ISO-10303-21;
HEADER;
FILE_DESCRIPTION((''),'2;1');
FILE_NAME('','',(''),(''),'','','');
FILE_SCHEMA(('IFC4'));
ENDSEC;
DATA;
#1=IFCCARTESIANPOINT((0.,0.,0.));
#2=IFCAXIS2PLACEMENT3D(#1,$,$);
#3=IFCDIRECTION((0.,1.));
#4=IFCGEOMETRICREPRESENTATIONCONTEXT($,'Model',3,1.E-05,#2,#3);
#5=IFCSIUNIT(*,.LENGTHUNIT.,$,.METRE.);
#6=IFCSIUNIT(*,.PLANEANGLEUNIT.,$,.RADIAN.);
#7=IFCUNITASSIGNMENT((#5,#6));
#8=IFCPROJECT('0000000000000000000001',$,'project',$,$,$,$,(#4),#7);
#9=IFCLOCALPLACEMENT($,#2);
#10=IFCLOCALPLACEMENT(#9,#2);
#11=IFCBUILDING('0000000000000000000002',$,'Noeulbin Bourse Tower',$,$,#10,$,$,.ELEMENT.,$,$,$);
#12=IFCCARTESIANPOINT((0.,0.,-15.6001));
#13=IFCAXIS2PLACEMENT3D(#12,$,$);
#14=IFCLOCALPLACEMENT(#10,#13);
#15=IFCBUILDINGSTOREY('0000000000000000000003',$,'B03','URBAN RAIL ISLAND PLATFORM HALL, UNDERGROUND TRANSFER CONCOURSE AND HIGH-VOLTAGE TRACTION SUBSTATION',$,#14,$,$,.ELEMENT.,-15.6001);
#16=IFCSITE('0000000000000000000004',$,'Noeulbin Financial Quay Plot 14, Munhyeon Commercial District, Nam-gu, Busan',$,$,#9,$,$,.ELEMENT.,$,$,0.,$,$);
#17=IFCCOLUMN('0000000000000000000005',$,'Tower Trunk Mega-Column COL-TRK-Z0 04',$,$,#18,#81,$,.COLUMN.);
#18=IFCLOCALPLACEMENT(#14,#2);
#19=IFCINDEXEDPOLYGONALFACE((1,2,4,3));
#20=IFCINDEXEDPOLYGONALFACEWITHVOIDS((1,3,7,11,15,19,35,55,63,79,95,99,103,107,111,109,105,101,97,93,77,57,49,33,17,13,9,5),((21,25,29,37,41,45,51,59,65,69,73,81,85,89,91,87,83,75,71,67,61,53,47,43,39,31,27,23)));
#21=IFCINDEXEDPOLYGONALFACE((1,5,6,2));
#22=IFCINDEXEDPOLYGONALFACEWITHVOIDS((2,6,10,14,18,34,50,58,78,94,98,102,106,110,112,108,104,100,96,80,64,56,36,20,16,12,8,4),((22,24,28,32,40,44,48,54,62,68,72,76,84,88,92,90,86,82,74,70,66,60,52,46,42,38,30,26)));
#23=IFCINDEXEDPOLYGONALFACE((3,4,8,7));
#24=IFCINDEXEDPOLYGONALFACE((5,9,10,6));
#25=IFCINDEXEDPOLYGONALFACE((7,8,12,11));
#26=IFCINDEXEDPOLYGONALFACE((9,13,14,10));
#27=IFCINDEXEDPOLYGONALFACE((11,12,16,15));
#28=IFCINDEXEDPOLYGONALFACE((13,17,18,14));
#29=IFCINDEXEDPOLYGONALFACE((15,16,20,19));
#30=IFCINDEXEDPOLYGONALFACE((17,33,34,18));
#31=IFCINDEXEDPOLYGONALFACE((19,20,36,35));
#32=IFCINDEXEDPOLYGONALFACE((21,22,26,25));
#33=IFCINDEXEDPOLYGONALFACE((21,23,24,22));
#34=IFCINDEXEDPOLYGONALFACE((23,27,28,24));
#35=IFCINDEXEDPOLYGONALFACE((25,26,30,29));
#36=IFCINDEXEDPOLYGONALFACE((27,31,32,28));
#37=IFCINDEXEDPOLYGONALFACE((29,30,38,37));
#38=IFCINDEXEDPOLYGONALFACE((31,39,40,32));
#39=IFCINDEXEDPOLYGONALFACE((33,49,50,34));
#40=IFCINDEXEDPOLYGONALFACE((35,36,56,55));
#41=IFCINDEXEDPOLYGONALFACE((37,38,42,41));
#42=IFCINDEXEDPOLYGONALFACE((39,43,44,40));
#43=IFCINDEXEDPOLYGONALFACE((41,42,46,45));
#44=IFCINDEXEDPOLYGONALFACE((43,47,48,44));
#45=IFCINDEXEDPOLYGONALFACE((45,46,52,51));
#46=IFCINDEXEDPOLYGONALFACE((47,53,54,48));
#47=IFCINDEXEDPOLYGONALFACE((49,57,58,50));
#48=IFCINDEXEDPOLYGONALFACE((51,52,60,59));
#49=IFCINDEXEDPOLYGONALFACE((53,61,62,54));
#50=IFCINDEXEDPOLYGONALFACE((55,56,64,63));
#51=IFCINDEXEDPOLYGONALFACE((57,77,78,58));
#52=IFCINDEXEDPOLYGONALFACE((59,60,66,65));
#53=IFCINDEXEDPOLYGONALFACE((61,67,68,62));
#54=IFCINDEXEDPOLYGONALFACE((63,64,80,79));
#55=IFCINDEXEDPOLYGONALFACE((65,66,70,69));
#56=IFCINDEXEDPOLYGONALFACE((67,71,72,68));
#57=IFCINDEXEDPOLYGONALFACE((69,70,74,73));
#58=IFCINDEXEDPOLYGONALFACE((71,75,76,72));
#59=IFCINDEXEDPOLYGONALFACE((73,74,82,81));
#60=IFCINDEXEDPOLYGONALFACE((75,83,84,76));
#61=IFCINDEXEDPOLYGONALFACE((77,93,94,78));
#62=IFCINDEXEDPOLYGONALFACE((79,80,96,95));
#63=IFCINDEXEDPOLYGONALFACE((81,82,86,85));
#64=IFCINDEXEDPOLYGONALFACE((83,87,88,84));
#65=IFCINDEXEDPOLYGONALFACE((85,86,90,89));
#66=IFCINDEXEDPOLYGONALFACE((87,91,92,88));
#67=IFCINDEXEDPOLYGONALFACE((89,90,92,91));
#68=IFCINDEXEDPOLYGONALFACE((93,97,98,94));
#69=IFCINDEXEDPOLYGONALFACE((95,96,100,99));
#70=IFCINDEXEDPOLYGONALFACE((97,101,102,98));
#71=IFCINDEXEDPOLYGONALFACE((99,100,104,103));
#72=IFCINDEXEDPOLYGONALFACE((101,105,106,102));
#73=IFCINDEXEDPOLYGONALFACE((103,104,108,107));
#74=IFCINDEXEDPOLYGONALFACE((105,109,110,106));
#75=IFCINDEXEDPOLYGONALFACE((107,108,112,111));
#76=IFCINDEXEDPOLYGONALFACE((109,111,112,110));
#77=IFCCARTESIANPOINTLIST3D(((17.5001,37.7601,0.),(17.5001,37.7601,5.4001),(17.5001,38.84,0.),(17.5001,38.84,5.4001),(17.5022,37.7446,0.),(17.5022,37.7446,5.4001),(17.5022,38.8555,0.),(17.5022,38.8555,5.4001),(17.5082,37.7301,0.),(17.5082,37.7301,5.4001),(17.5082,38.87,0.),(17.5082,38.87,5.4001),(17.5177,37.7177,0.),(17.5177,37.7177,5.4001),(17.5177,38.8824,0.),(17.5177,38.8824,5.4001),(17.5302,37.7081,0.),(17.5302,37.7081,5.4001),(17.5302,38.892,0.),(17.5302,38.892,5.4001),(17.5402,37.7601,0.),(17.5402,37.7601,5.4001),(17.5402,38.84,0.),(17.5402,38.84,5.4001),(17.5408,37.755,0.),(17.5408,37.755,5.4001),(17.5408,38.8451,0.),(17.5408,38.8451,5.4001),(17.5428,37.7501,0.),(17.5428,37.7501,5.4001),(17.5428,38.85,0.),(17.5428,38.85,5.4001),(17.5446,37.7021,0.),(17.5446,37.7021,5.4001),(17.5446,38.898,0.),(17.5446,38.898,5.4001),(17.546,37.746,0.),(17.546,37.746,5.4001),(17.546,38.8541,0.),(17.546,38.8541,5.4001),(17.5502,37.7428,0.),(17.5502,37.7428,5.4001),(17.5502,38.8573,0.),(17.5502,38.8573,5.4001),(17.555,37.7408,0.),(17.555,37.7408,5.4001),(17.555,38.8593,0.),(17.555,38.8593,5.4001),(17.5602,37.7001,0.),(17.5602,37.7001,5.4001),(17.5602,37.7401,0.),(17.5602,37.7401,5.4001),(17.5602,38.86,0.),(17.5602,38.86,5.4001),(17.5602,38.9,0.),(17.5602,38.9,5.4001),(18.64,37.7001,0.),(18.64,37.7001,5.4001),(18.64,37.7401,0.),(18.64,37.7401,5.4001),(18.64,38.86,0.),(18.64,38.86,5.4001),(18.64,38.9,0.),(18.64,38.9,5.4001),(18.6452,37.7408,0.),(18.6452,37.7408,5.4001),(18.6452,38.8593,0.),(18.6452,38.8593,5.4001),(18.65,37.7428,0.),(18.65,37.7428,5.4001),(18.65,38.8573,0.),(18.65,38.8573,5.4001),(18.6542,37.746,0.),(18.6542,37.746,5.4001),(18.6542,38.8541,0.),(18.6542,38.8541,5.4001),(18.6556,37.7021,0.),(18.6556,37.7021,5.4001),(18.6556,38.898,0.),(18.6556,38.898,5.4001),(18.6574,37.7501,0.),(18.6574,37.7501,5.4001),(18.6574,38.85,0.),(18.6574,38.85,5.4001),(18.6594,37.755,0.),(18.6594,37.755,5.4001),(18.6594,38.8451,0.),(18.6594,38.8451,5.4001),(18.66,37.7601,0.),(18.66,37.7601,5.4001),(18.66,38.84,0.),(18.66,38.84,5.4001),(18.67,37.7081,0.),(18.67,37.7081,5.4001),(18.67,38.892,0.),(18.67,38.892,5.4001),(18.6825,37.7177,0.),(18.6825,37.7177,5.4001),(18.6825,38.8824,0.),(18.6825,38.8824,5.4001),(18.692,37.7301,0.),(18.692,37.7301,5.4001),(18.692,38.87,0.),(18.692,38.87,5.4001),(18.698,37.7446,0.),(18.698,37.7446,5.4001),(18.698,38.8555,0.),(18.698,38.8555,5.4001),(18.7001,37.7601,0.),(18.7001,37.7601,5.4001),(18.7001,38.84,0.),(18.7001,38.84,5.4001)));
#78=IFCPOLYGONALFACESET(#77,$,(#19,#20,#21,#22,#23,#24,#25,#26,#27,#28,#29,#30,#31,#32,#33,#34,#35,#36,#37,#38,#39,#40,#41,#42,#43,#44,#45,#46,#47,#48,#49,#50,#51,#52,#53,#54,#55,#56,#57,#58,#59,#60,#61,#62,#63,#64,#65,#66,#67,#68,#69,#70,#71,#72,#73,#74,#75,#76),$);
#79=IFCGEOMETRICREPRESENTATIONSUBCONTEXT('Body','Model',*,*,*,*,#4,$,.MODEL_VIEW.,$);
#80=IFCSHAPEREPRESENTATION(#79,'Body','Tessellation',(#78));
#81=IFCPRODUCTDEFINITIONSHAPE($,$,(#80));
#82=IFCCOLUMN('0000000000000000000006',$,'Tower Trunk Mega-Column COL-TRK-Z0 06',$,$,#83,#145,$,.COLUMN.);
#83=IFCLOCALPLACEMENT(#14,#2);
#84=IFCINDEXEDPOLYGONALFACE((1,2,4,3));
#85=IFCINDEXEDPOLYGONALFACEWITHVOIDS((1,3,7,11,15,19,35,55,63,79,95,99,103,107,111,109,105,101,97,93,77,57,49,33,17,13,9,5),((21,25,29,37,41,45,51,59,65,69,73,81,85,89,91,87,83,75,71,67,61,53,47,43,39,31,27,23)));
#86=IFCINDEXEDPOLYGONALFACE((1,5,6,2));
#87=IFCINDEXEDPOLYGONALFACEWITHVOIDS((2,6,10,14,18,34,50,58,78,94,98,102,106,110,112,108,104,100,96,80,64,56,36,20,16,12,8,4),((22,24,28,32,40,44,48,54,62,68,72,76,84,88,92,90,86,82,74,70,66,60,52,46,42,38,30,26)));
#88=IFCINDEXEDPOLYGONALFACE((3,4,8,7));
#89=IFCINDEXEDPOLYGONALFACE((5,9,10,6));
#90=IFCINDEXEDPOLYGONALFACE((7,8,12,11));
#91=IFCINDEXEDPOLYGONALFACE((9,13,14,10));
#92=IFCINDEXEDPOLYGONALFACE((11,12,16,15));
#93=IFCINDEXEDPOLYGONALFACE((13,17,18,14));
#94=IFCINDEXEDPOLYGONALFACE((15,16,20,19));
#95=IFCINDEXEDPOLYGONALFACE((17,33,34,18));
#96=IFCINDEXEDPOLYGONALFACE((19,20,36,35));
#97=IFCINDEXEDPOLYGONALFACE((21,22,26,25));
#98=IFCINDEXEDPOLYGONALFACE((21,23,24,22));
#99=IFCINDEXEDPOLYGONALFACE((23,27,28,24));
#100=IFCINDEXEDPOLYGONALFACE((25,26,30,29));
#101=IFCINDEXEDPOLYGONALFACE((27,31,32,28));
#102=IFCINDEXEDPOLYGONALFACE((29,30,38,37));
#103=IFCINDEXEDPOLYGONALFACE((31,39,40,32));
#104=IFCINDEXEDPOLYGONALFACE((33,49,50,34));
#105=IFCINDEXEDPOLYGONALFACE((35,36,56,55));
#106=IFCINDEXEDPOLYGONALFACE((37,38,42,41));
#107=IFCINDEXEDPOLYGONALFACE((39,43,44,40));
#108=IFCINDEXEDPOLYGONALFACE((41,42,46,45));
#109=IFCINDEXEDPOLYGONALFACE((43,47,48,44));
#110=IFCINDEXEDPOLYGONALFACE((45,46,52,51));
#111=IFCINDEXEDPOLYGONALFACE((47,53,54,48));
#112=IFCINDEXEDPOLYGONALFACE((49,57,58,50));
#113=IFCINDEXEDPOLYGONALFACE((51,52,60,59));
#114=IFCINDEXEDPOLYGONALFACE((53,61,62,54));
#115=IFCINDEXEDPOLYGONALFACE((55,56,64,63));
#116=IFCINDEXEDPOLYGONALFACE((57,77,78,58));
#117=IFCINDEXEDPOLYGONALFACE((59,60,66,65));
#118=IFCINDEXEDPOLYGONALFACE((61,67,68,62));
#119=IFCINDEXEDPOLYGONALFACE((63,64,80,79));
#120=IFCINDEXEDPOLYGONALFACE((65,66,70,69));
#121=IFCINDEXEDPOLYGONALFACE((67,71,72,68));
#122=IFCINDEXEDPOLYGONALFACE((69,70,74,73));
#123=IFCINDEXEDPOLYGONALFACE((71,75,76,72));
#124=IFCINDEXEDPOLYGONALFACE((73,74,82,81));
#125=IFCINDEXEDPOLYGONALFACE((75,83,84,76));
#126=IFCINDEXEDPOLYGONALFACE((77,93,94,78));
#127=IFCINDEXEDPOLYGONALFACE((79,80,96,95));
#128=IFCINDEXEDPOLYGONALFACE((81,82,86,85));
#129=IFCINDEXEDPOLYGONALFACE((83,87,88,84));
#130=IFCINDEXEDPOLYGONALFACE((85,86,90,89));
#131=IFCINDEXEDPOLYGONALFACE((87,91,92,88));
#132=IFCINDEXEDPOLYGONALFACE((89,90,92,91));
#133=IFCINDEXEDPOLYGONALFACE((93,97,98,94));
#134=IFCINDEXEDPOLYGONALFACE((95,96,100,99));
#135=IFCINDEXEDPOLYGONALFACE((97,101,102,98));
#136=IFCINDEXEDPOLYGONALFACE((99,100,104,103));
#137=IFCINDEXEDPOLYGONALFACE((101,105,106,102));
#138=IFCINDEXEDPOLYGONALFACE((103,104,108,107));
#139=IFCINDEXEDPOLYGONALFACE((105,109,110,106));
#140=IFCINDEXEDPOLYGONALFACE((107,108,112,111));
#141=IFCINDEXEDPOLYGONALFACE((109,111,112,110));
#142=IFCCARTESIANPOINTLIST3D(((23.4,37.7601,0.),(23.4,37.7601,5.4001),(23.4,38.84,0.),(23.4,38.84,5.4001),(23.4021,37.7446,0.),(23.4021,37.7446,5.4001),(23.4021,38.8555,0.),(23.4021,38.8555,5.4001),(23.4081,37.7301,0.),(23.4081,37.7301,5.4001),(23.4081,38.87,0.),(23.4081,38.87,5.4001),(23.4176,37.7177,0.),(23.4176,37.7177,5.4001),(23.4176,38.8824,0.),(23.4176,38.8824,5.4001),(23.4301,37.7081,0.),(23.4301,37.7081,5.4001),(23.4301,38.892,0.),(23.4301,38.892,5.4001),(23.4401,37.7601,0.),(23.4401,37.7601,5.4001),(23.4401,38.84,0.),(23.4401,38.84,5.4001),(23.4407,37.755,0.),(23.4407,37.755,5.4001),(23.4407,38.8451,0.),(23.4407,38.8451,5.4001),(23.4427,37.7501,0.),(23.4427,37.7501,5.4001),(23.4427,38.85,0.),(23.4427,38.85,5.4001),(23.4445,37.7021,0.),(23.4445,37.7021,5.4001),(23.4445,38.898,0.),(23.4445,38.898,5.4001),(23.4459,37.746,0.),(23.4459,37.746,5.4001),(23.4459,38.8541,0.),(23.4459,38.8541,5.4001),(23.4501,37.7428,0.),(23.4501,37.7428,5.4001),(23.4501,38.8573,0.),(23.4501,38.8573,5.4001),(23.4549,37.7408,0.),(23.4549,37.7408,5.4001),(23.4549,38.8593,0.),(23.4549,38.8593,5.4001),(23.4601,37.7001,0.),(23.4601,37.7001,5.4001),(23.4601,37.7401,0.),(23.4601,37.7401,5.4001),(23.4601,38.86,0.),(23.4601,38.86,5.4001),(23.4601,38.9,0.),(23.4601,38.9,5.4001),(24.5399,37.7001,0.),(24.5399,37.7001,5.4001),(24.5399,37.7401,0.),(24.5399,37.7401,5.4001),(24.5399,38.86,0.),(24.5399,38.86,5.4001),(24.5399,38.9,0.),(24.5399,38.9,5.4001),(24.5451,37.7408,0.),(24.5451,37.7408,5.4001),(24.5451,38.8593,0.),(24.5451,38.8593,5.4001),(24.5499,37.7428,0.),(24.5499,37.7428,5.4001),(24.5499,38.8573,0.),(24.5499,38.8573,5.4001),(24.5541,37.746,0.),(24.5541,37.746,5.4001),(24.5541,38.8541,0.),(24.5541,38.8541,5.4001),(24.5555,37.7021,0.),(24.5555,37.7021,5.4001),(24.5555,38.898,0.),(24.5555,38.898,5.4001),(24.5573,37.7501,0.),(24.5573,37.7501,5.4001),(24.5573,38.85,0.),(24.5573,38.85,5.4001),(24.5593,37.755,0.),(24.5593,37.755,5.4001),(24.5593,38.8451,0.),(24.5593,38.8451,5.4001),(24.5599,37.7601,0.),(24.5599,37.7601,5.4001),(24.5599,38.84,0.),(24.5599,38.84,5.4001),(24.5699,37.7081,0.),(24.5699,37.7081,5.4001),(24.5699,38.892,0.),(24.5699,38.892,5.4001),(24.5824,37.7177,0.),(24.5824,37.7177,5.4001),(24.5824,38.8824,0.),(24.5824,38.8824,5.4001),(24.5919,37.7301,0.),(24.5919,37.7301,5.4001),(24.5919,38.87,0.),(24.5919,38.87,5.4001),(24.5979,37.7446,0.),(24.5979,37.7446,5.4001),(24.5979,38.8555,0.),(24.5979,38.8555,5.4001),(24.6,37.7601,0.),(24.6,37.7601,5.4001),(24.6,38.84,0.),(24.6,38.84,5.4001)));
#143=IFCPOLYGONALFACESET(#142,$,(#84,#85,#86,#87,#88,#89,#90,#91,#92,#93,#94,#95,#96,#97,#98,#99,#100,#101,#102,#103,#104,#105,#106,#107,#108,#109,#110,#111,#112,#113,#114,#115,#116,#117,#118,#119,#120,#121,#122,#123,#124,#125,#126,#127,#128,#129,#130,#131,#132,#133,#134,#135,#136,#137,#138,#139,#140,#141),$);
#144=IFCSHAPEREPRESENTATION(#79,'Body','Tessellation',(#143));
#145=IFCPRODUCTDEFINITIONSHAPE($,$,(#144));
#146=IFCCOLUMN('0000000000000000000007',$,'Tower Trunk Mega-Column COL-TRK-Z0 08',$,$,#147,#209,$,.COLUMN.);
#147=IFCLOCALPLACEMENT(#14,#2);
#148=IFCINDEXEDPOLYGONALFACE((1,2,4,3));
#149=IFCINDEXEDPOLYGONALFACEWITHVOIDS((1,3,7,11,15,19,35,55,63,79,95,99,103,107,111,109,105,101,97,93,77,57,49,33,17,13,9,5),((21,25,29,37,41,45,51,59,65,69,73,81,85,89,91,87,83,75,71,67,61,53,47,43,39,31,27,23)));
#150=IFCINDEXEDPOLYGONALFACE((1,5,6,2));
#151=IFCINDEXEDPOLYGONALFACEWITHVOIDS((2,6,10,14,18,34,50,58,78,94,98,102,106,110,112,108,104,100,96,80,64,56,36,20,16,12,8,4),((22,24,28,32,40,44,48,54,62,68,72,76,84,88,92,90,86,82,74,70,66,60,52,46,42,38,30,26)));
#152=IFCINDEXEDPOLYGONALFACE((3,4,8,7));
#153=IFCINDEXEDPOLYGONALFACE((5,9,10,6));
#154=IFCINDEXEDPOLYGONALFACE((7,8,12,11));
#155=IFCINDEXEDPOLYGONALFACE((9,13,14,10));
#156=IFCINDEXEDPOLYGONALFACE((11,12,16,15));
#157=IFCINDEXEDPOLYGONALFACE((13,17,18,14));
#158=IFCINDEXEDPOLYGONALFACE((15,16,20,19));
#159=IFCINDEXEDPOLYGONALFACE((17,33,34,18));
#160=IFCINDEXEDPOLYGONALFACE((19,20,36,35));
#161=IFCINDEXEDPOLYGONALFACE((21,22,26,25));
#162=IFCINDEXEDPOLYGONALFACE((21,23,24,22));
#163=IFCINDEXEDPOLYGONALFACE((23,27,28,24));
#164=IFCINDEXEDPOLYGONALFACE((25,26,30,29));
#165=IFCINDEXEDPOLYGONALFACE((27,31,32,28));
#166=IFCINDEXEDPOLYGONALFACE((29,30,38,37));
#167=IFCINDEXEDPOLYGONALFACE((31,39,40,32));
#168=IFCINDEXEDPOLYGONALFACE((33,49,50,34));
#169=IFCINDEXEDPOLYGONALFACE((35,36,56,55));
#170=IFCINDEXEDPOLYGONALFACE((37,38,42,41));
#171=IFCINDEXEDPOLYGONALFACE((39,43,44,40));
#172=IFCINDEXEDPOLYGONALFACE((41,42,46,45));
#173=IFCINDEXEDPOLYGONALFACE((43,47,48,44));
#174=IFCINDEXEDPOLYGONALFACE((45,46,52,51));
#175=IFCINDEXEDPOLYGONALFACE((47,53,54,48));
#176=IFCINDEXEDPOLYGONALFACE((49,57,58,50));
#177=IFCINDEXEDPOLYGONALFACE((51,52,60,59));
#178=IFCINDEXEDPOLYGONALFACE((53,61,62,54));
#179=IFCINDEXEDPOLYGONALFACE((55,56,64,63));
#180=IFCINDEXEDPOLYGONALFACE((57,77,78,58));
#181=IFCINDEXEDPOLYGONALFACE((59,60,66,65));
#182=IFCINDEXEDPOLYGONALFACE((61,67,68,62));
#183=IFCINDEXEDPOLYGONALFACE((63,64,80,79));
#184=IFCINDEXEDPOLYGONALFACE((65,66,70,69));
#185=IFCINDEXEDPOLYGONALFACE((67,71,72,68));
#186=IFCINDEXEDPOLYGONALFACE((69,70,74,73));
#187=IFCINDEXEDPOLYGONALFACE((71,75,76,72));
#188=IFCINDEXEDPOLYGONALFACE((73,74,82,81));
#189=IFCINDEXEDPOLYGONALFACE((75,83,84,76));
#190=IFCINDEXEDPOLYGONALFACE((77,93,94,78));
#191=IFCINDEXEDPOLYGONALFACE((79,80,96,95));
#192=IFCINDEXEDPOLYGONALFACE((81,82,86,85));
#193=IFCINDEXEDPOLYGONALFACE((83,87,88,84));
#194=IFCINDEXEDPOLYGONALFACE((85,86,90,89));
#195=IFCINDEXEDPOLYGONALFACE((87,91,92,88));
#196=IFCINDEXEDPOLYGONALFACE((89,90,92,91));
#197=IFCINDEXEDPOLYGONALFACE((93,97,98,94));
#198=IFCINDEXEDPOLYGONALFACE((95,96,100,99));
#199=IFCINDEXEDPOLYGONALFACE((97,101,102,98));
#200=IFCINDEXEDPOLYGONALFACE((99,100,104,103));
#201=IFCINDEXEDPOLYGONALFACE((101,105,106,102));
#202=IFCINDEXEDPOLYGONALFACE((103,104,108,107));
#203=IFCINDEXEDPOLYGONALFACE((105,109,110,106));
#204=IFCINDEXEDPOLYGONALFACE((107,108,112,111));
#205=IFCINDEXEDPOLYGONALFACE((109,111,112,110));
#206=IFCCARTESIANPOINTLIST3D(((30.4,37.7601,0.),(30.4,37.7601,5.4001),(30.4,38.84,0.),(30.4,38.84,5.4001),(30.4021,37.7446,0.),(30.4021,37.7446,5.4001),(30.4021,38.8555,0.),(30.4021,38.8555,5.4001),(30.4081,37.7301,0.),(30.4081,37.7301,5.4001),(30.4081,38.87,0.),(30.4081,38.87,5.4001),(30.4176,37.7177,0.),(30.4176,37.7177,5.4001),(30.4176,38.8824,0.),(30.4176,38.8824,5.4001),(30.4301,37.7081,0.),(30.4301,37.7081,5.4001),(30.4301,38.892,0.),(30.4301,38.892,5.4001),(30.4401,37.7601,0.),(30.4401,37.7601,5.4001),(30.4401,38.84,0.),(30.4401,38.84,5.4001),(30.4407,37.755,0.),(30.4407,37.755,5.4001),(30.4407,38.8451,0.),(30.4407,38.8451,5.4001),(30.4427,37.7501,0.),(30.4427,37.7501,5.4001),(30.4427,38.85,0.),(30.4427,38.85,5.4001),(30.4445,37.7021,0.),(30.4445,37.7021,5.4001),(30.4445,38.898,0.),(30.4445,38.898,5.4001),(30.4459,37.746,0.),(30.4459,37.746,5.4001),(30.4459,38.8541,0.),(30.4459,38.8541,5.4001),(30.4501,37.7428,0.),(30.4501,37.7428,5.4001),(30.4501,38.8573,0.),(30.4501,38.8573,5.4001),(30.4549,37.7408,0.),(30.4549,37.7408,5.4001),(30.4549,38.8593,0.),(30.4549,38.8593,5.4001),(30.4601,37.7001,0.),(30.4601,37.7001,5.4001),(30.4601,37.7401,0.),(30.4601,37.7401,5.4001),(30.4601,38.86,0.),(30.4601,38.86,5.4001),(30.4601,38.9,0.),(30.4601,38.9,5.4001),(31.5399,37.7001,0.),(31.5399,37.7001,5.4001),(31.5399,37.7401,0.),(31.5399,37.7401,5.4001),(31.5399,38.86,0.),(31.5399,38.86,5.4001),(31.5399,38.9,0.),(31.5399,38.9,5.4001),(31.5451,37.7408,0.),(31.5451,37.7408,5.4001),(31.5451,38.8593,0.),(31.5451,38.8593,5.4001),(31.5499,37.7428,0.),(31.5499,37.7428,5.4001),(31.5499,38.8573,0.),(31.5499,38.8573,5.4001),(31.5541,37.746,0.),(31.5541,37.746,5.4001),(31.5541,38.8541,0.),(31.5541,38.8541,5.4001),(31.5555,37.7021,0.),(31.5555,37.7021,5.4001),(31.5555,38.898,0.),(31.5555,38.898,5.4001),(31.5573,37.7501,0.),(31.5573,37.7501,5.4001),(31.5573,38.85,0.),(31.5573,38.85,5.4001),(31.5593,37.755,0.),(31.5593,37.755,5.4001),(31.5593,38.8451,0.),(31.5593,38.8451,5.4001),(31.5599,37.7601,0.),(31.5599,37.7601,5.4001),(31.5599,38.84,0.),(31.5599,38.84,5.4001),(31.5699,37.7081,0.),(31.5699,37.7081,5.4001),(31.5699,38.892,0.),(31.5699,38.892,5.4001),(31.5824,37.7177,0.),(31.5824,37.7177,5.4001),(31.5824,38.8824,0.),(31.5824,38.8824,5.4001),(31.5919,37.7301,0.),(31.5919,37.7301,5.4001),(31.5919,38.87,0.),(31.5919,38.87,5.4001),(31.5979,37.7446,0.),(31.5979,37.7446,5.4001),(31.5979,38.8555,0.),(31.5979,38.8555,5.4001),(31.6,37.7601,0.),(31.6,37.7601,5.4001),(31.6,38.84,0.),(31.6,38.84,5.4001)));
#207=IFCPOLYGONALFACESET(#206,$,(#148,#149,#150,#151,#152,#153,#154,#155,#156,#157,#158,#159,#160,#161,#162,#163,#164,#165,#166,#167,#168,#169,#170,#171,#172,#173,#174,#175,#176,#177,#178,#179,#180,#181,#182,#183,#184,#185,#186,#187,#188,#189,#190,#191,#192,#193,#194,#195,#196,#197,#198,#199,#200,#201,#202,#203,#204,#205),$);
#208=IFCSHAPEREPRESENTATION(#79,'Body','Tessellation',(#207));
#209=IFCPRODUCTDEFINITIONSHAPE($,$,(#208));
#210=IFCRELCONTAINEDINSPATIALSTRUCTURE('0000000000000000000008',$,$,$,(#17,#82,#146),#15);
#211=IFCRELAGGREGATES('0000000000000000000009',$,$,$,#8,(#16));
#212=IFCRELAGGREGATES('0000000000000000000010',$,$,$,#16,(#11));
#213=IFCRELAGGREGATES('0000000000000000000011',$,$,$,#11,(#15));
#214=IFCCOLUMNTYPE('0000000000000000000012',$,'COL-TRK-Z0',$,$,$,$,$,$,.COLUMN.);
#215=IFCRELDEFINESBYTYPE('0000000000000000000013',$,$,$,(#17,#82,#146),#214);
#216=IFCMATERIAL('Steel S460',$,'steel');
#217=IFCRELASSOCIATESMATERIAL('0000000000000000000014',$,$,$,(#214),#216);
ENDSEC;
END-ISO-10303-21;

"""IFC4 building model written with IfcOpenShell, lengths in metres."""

from ifc_helpers import new_model, si_unit, direction, frame, origin, origin_2d, place, context, subcontext, project, spatial, hollow_rectangle, extrude, material, material_profile, profile_set, type_object, element, save


model = new_model("IFC4")

# Units and contexts
model_context = context("Model", 3, precision=1e-05, world=origin(), true_north=direction((0.0, 1.0)))
body_context = subcontext(model_context, "Body", "Model", "MODEL_VIEW")
ifc_project = project(units=[si_unit("LENGTHUNIT", "METRE"), si_unit("PLANEANGLEUNIT", "RADIAN")], contexts=[model_context])

# Site, building, storey
site_placement = place(None, origin())
site = spatial("IfcSite", under=ifc_project, at=site_placement, Name="Noeulbin Financial Quay Plot 14, Munhyeon Commercial District, Nam-gu, Busan", CompositionType="ELEMENT", RefElevation=0.0)
building_placement = place(site_placement, origin())
building = spatial("IfcBuilding", under=site, at=building_placement, Name="Noeulbin Bourse Tower", CompositionType="ELEMENT")
storey_placement = place(building_placement, frame((0.0, 0.0, -15.6001)))
storey = spatial("IfcBuildingStorey", under=building, at=storey_placement, Name="B03", Description="URBAN RAIL ISLAND PLATFORM HALL, UNDERGROUND TRANSFER CONCOURSE AND HIGH-VOLTAGE TRACTION SUBSTATION", CompositionType="ELEMENT", Elevation=-15.6001)

# Columns
ifc_material_1 = material(Name="Steel S460", Category="steel")
ifc_material_profile_1 = material_profile(ifc_material_1, hollow_rectangle(XDim=1.2, YDim=1.2, WallThickness=0.04, InnerFilletRadius=0.02, OuterFilletRadius=0.0601, at=origin_2d()), Name="BOX-1200x1200x40", Category="LoadBearing")
ifc_profile_set_1 = profile_set([ifc_material_profile_1], Name="Steel S460")
column_type = type_object("IfcColumnType", Name="COL-TRK-Z0", PredefinedType="COLUMN", material=ifc_profile_set_1)
for number, where, z_axis, x_axis, name in (
    (1, (18.1001, 38.3, 0.0), (0.0, 0.0, 1.0), (1.0, 0.0, 0.0), "Tower Trunk Mega-Column COL-TRK-Z0 04"),
    (2, (24.0, 38.3, 0.0), (0.0, 0.0, 1.0), (1.0, 0.0, 0.0), "Tower Trunk Mega-Column COL-TRK-Z0 06"),
    (3, (31.0, 38.3, 0.0), (0.0, 0.0, 1.0), (1.0, 0.0, 0.0), "Tower Trunk Mega-Column COL-TRK-Z0 08"),
):
    element("IfcColumn", number, at=place(storey_placement, frame(where, z_axis=z_axis, x_axis=x_axis)), inside=storey, type_object=column_type, Name=name, PredefinedType="COLUMN", context=body_context, shape_type="SweptSolid", body=[
        extrude(hollow_rectangle(XDim=1.2, YDim=1.2, WallThickness=0.04, InnerFilletRadius=0.02, OuterFilletRadius=0.0601, at=origin_2d()), origin(), (0.0, 0.0, 1.0), 5.4001),
    ])

save(model, "model.ifc")
